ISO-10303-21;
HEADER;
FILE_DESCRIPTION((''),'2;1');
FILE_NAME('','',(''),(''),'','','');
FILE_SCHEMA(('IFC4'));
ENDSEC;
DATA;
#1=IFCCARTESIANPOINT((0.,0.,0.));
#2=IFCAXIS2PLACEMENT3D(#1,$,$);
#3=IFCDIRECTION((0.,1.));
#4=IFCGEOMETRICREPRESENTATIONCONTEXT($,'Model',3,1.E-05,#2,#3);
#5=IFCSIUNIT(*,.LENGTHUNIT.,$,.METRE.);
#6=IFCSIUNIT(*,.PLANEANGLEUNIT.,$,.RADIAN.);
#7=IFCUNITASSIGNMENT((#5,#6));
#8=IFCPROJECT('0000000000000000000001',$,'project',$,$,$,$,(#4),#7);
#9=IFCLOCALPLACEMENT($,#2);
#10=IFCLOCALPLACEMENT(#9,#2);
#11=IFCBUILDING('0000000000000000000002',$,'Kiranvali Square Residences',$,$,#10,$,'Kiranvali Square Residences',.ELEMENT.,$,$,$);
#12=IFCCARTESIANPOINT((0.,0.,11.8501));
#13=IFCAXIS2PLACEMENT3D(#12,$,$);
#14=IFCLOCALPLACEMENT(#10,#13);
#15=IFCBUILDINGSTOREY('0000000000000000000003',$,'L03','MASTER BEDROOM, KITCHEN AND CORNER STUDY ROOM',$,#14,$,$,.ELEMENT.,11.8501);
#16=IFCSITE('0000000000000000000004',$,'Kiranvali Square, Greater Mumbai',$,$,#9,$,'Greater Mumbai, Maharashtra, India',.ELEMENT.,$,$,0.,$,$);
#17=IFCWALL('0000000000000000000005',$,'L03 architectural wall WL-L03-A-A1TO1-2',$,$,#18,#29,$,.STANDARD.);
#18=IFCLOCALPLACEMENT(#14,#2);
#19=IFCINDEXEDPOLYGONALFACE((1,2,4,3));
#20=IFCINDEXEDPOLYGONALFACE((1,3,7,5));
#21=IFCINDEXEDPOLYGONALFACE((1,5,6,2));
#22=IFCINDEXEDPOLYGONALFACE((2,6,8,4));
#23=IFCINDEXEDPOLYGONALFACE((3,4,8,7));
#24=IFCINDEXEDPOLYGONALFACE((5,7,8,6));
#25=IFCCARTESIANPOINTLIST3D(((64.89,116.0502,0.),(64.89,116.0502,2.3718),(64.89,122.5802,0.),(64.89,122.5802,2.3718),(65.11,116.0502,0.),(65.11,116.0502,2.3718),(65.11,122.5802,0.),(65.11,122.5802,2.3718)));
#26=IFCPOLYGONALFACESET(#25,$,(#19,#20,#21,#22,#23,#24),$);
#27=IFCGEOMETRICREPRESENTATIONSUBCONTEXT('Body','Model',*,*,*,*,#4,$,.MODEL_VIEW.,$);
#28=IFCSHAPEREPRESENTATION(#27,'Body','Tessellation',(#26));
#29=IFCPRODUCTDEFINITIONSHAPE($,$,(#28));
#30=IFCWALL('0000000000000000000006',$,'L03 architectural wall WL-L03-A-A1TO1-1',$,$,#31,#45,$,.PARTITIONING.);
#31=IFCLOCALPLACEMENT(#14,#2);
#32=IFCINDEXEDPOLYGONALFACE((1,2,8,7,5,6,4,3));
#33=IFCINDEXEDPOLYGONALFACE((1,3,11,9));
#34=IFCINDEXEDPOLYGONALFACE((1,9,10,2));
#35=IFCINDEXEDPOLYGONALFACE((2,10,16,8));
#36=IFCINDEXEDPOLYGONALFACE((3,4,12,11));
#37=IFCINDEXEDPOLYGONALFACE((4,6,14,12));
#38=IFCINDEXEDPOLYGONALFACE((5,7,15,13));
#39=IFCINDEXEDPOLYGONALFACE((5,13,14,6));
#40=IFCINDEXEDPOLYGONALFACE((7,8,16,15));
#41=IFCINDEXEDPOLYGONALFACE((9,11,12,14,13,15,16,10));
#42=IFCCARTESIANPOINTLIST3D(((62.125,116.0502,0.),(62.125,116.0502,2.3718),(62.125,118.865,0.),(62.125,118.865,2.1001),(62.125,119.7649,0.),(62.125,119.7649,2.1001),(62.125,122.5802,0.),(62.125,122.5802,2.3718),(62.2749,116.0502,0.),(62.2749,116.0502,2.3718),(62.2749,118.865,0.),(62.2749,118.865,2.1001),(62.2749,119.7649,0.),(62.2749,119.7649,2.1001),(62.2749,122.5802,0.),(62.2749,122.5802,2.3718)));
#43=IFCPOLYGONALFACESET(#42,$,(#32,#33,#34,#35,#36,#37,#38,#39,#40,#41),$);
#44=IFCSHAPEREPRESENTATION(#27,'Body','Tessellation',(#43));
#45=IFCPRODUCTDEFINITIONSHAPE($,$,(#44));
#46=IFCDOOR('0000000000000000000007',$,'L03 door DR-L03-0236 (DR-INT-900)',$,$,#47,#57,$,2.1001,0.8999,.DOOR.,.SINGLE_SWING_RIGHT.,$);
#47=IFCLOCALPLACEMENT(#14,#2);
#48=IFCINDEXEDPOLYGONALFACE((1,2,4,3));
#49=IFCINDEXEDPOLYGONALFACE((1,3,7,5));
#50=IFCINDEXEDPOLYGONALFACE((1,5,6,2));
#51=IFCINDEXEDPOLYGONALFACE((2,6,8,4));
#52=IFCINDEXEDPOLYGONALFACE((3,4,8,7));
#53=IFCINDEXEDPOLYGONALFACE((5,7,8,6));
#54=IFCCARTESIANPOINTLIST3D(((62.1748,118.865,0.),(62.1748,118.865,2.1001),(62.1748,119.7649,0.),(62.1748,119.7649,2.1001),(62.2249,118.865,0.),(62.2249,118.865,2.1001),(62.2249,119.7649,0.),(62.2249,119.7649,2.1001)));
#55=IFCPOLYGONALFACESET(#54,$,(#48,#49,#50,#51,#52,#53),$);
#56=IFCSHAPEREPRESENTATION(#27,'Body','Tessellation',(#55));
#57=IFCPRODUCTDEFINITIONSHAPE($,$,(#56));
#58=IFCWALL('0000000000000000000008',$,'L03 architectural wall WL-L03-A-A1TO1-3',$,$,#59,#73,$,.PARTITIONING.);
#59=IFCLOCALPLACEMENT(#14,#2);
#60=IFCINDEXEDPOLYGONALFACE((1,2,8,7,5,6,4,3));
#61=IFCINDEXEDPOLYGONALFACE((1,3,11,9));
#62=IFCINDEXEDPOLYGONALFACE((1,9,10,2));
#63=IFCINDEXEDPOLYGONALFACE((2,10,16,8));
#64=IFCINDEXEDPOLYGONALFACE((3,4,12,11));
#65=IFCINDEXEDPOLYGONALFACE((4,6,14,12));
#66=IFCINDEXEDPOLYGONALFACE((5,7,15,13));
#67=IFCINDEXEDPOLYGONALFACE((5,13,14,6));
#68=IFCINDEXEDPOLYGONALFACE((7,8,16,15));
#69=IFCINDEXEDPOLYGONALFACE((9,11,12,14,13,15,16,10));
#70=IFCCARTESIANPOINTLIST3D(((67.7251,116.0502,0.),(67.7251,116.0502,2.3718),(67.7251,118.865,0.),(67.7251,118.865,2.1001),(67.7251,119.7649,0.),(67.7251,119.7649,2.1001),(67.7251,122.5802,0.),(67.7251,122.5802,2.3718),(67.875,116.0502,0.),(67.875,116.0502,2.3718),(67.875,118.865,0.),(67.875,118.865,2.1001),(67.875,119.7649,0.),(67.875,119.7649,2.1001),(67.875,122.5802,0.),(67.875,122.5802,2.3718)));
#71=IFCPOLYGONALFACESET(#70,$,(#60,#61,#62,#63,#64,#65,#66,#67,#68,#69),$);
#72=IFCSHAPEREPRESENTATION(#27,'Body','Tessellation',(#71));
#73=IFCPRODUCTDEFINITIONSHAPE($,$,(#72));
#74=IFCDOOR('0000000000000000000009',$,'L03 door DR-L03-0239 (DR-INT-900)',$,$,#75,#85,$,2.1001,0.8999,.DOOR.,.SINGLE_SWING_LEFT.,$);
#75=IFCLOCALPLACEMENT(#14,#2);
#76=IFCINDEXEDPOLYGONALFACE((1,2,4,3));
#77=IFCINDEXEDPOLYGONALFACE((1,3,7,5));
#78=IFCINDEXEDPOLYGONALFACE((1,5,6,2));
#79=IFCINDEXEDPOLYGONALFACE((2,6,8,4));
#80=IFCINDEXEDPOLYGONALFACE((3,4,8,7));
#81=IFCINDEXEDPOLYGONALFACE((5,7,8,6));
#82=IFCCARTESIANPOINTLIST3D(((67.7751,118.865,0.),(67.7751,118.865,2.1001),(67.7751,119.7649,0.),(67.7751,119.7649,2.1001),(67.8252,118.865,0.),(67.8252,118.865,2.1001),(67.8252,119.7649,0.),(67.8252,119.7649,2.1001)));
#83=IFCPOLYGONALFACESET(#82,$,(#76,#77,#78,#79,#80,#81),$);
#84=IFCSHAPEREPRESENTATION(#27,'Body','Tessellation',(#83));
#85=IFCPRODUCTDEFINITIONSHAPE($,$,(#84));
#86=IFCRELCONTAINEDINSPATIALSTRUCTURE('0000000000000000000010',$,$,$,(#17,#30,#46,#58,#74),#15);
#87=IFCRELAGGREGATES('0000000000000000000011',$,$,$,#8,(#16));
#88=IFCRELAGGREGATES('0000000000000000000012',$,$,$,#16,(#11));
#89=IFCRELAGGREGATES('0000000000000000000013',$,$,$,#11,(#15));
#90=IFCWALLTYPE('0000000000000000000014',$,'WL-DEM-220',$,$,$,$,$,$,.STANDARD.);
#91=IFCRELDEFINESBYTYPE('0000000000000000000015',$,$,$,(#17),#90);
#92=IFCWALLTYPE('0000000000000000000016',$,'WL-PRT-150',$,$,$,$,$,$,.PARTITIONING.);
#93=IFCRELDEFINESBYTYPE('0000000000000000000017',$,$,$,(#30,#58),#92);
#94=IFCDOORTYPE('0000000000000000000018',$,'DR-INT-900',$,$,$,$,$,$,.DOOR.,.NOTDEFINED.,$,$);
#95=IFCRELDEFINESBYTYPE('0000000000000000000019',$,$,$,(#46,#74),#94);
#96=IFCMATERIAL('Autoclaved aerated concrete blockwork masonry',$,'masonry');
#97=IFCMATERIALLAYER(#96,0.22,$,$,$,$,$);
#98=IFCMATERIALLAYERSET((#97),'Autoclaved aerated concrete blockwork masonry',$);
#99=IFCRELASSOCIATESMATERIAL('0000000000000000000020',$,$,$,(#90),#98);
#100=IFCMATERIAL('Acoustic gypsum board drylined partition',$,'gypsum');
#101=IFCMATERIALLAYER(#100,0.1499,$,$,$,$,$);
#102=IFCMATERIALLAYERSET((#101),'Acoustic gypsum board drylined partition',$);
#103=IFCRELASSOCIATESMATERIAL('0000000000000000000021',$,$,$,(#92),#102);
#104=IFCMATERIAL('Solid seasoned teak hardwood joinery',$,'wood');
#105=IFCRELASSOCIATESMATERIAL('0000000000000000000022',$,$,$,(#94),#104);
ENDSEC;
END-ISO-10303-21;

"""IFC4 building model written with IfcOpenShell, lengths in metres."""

from ifc_helpers import new_model, si_unit, direction, frame, frame_2d, origin, place, context, subcontext, project, spatial, rectangle, extrude, material, layer, layer_set, type_object, element, fill, save


model = new_model("IFC4")

# Units and contexts
model_context = context("Model", 3, precision=1e-05, world=origin(), true_north=direction((0.0, 1.0)))
body_context = subcontext(model_context, "Body", "Model", "MODEL_VIEW")
ifc_project = project(units=[si_unit("LENGTHUNIT", "METRE"), si_unit("PLANEANGLEUNIT", "RADIAN")], contexts=[model_context])

# Site, building, storey
site_placement = place(None, origin())
site = spatial("IfcSite", under=ifc_project, at=site_placement, Name="Kiranvali Square, Greater Mumbai", LongName="Greater Mumbai, Maharashtra, India", CompositionType="ELEMENT", RefElevation=0.0)
building_placement = place(site_placement, origin())
building = spatial("IfcBuilding", under=site, at=building_placement, Name="Kiranvali Square Residences", LongName="Kiranvali Square Residences", CompositionType="ELEMENT")
storey_placement = place(building_placement, frame((0.0, 0.0, 11.8501)))
storey = spatial("IfcBuildingStorey", under=building, at=storey_placement, Name="L03", Description="MASTER BEDROOM, KITCHEN AND CORNER STUDY ROOM", CompositionType="ELEMENT", Elevation=11.8501)

# Shared definitions
ifc_material_1 = material(Name="Autoclaved aerated concrete blockwork masonry", Category="masonry")

# Wall
ifc_layer_1 = layer(ifc_material_1, 0.22)
ifc_layer_set_1 = layer_set([ifc_layer_1], Name="Autoclaved aerated concrete blockwork masonry")
wall_type_1 = type_object("IfcWallType", Name="WL-DEM-220", PredefinedType="STANDARD", material=ifc_layer_set_1)
wall_1_placement = place(storey_placement, frame((65.0, 116.05, 0.0), z_axis=(0.0, 0.0, 1.0), x_axis=(0.0, 1.0, 0.0)))
element("IfcWall", 1, at=wall_1_placement, inside=storey, type_object=wall_type_1, Name="L03 architectural wall WL-L03-A-A1TO1-2", PredefinedType="STANDARD", context=body_context, shape_type="SweptSolid", body=[
    extrude(rectangle(XDim=6.53, YDim=0.22, at=frame_2d((3.2651, 0.0))), origin(), (0.0, 0.0, 1.0), 2.3718),
])

# Walls, openings, doors
ifc_material_2 = material(Name="Acoustic gypsum board drylined partition", Category="gypsum")
ifc_layer_2 = layer(ifc_material_2, 0.1499)
ifc_layer_set_2 = layer_set([ifc_layer_2], Name="Acoustic gypsum board drylined partition")
wall_type_2 = type_object("IfcWallType", Name="WL-PRT-150", PredefinedType="PARTITIONING", material=ifc_layer_set_2)
wall_2_placement = place(storey_placement, frame((62.2, 116.05, 0.0), z_axis=(0.0, 0.0, 1.0), x_axis=(0.0, 1.0, 0.0)))
wall_2 = element("IfcWall", 2, at=wall_2_placement, inside=storey, type_object=wall_type_2, Name="L03 architectural wall WL-L03-A-A1TO1-1", PredefinedType="PARTITIONING", context=body_context, shape_type="SweptSolid", body=[
    extrude(rectangle(XDim=6.53, YDim=0.1499, at=frame_2d((3.2651, 0.0))), origin(), (0.0, 0.0, 1.0), 2.3718),
])
opening_1_placement = place(wall_2_placement, frame((2.8149, 0.0, 0.0)))
opening_1 = element("IfcOpeningElement", 3, at=opening_1_placement, cuts=wall_2, PredefinedType="OPENING", context=body_context, shape_type="SweptSolid", body=[
    extrude(rectangle(XDim=0.8999, YDim=2.1001, at=frame_2d((0.45, 1.05))), frame((0.0, 0.085, 0.0), z_axis=(0.0, -1.0, 0.0), x_axis=(1.0, 0.0, 0.0)), (0.0, 0.0, 1.0), 0.1699),
])
ifc_material_3 = material(Name="Solid seasoned teak hardwood joinery", Category="wood")
door_type_1 = type_object("IfcDoorType", Name="DR-INT-900", OperationType="NOTDEFINED", PredefinedType="DOOR", material=ifc_material_3)
door_1_placement = place(opening_1_placement, frame((0.8999, 0.0, 0.0), z_axis=(0.0, 0.0, 1.0), x_axis=(-1.0, 0.0, 0.0)))
door_1 = element("IfcDoor", 4, at=door_1_placement, inside=storey, type_object=door_type_1, Name="L03 door DR-L03-0236 (DR-INT-900)", OperationType="SINGLE_SWING_RIGHT", OverallHeight=2.1001, OverallWidth=0.8999, PredefinedType="DOOR", context=body_context, shape_type="SweptSolid", body=[
    extrude(rectangle(XDim=0.8999, YDim=2.1001, at=frame_2d((0.45, 1.05))), frame((0.0, 0.0249, 0.0), z_axis=(0.0, -1.0, 0.0), x_axis=(1.0, 0.0, 0.0)), (0.0, 0.0, 1.0), 0.05),
])
fill(opening_1, door_1)
wall_3_placement = place(storey_placement, frame((67.8, 116.05, 0.0), z_axis=(0.0, 0.0, 1.0), x_axis=(0.0, 1.0, 0.0)))
wall_3 = element("IfcWall", 5, at=wall_3_placement, inside=storey, type_object=wall_type_2, Name="L03 architectural wall WL-L03-A-A1TO1-3", PredefinedType="PARTITIONING", context=body_context, shape_type="SweptSolid", body=[
    extrude(rectangle(XDim=6.53, YDim=0.1499, at=frame_2d((3.2651, 0.0))), origin(), (0.0, 0.0, 1.0), 2.3718),
])
opening_2_placement = place(wall_3_placement, frame((2.8149, 0.0, 0.0)))
opening_2 = element("IfcOpeningElement", 6, at=opening_2_placement, cuts=wall_3, PredefinedType="OPENING", context=body_context, shape_type="SweptSolid", body=[
    extrude(rectangle(XDim=0.8999, YDim=2.1001, at=frame_2d((0.45, 1.05))), frame((0.0, 0.085, 0.0), z_axis=(0.0, -1.0, 0.0), x_axis=(1.0, 0.0, 0.0)), (0.0, 0.0, 1.0), 0.1699),
])
door_2_placement = place(opening_2_placement, origin())
door_2 = element("IfcDoor", 7, at=door_2_placement, inside=storey, type_object=door_type_1, Name="L03 door DR-L03-0239 (DR-INT-900)", OperationType="SINGLE_SWING_LEFT", OverallHeight=2.1001, OverallWidth=0.8999, PredefinedType="DOOR", context=body_context, shape_type="SweptSolid", body=[
    extrude(rectangle(XDim=0.8999, YDim=2.1001, at=frame_2d((0.45, 1.05))), frame((0.0, 0.0249, 0.0), z_axis=(0.0, -1.0, 0.0), x_axis=(1.0, 0.0, 0.0)), (0.0, 0.0, 1.0), 0.05),
])
fill(opening_2, door_2)

save(model, "model.ifc")
